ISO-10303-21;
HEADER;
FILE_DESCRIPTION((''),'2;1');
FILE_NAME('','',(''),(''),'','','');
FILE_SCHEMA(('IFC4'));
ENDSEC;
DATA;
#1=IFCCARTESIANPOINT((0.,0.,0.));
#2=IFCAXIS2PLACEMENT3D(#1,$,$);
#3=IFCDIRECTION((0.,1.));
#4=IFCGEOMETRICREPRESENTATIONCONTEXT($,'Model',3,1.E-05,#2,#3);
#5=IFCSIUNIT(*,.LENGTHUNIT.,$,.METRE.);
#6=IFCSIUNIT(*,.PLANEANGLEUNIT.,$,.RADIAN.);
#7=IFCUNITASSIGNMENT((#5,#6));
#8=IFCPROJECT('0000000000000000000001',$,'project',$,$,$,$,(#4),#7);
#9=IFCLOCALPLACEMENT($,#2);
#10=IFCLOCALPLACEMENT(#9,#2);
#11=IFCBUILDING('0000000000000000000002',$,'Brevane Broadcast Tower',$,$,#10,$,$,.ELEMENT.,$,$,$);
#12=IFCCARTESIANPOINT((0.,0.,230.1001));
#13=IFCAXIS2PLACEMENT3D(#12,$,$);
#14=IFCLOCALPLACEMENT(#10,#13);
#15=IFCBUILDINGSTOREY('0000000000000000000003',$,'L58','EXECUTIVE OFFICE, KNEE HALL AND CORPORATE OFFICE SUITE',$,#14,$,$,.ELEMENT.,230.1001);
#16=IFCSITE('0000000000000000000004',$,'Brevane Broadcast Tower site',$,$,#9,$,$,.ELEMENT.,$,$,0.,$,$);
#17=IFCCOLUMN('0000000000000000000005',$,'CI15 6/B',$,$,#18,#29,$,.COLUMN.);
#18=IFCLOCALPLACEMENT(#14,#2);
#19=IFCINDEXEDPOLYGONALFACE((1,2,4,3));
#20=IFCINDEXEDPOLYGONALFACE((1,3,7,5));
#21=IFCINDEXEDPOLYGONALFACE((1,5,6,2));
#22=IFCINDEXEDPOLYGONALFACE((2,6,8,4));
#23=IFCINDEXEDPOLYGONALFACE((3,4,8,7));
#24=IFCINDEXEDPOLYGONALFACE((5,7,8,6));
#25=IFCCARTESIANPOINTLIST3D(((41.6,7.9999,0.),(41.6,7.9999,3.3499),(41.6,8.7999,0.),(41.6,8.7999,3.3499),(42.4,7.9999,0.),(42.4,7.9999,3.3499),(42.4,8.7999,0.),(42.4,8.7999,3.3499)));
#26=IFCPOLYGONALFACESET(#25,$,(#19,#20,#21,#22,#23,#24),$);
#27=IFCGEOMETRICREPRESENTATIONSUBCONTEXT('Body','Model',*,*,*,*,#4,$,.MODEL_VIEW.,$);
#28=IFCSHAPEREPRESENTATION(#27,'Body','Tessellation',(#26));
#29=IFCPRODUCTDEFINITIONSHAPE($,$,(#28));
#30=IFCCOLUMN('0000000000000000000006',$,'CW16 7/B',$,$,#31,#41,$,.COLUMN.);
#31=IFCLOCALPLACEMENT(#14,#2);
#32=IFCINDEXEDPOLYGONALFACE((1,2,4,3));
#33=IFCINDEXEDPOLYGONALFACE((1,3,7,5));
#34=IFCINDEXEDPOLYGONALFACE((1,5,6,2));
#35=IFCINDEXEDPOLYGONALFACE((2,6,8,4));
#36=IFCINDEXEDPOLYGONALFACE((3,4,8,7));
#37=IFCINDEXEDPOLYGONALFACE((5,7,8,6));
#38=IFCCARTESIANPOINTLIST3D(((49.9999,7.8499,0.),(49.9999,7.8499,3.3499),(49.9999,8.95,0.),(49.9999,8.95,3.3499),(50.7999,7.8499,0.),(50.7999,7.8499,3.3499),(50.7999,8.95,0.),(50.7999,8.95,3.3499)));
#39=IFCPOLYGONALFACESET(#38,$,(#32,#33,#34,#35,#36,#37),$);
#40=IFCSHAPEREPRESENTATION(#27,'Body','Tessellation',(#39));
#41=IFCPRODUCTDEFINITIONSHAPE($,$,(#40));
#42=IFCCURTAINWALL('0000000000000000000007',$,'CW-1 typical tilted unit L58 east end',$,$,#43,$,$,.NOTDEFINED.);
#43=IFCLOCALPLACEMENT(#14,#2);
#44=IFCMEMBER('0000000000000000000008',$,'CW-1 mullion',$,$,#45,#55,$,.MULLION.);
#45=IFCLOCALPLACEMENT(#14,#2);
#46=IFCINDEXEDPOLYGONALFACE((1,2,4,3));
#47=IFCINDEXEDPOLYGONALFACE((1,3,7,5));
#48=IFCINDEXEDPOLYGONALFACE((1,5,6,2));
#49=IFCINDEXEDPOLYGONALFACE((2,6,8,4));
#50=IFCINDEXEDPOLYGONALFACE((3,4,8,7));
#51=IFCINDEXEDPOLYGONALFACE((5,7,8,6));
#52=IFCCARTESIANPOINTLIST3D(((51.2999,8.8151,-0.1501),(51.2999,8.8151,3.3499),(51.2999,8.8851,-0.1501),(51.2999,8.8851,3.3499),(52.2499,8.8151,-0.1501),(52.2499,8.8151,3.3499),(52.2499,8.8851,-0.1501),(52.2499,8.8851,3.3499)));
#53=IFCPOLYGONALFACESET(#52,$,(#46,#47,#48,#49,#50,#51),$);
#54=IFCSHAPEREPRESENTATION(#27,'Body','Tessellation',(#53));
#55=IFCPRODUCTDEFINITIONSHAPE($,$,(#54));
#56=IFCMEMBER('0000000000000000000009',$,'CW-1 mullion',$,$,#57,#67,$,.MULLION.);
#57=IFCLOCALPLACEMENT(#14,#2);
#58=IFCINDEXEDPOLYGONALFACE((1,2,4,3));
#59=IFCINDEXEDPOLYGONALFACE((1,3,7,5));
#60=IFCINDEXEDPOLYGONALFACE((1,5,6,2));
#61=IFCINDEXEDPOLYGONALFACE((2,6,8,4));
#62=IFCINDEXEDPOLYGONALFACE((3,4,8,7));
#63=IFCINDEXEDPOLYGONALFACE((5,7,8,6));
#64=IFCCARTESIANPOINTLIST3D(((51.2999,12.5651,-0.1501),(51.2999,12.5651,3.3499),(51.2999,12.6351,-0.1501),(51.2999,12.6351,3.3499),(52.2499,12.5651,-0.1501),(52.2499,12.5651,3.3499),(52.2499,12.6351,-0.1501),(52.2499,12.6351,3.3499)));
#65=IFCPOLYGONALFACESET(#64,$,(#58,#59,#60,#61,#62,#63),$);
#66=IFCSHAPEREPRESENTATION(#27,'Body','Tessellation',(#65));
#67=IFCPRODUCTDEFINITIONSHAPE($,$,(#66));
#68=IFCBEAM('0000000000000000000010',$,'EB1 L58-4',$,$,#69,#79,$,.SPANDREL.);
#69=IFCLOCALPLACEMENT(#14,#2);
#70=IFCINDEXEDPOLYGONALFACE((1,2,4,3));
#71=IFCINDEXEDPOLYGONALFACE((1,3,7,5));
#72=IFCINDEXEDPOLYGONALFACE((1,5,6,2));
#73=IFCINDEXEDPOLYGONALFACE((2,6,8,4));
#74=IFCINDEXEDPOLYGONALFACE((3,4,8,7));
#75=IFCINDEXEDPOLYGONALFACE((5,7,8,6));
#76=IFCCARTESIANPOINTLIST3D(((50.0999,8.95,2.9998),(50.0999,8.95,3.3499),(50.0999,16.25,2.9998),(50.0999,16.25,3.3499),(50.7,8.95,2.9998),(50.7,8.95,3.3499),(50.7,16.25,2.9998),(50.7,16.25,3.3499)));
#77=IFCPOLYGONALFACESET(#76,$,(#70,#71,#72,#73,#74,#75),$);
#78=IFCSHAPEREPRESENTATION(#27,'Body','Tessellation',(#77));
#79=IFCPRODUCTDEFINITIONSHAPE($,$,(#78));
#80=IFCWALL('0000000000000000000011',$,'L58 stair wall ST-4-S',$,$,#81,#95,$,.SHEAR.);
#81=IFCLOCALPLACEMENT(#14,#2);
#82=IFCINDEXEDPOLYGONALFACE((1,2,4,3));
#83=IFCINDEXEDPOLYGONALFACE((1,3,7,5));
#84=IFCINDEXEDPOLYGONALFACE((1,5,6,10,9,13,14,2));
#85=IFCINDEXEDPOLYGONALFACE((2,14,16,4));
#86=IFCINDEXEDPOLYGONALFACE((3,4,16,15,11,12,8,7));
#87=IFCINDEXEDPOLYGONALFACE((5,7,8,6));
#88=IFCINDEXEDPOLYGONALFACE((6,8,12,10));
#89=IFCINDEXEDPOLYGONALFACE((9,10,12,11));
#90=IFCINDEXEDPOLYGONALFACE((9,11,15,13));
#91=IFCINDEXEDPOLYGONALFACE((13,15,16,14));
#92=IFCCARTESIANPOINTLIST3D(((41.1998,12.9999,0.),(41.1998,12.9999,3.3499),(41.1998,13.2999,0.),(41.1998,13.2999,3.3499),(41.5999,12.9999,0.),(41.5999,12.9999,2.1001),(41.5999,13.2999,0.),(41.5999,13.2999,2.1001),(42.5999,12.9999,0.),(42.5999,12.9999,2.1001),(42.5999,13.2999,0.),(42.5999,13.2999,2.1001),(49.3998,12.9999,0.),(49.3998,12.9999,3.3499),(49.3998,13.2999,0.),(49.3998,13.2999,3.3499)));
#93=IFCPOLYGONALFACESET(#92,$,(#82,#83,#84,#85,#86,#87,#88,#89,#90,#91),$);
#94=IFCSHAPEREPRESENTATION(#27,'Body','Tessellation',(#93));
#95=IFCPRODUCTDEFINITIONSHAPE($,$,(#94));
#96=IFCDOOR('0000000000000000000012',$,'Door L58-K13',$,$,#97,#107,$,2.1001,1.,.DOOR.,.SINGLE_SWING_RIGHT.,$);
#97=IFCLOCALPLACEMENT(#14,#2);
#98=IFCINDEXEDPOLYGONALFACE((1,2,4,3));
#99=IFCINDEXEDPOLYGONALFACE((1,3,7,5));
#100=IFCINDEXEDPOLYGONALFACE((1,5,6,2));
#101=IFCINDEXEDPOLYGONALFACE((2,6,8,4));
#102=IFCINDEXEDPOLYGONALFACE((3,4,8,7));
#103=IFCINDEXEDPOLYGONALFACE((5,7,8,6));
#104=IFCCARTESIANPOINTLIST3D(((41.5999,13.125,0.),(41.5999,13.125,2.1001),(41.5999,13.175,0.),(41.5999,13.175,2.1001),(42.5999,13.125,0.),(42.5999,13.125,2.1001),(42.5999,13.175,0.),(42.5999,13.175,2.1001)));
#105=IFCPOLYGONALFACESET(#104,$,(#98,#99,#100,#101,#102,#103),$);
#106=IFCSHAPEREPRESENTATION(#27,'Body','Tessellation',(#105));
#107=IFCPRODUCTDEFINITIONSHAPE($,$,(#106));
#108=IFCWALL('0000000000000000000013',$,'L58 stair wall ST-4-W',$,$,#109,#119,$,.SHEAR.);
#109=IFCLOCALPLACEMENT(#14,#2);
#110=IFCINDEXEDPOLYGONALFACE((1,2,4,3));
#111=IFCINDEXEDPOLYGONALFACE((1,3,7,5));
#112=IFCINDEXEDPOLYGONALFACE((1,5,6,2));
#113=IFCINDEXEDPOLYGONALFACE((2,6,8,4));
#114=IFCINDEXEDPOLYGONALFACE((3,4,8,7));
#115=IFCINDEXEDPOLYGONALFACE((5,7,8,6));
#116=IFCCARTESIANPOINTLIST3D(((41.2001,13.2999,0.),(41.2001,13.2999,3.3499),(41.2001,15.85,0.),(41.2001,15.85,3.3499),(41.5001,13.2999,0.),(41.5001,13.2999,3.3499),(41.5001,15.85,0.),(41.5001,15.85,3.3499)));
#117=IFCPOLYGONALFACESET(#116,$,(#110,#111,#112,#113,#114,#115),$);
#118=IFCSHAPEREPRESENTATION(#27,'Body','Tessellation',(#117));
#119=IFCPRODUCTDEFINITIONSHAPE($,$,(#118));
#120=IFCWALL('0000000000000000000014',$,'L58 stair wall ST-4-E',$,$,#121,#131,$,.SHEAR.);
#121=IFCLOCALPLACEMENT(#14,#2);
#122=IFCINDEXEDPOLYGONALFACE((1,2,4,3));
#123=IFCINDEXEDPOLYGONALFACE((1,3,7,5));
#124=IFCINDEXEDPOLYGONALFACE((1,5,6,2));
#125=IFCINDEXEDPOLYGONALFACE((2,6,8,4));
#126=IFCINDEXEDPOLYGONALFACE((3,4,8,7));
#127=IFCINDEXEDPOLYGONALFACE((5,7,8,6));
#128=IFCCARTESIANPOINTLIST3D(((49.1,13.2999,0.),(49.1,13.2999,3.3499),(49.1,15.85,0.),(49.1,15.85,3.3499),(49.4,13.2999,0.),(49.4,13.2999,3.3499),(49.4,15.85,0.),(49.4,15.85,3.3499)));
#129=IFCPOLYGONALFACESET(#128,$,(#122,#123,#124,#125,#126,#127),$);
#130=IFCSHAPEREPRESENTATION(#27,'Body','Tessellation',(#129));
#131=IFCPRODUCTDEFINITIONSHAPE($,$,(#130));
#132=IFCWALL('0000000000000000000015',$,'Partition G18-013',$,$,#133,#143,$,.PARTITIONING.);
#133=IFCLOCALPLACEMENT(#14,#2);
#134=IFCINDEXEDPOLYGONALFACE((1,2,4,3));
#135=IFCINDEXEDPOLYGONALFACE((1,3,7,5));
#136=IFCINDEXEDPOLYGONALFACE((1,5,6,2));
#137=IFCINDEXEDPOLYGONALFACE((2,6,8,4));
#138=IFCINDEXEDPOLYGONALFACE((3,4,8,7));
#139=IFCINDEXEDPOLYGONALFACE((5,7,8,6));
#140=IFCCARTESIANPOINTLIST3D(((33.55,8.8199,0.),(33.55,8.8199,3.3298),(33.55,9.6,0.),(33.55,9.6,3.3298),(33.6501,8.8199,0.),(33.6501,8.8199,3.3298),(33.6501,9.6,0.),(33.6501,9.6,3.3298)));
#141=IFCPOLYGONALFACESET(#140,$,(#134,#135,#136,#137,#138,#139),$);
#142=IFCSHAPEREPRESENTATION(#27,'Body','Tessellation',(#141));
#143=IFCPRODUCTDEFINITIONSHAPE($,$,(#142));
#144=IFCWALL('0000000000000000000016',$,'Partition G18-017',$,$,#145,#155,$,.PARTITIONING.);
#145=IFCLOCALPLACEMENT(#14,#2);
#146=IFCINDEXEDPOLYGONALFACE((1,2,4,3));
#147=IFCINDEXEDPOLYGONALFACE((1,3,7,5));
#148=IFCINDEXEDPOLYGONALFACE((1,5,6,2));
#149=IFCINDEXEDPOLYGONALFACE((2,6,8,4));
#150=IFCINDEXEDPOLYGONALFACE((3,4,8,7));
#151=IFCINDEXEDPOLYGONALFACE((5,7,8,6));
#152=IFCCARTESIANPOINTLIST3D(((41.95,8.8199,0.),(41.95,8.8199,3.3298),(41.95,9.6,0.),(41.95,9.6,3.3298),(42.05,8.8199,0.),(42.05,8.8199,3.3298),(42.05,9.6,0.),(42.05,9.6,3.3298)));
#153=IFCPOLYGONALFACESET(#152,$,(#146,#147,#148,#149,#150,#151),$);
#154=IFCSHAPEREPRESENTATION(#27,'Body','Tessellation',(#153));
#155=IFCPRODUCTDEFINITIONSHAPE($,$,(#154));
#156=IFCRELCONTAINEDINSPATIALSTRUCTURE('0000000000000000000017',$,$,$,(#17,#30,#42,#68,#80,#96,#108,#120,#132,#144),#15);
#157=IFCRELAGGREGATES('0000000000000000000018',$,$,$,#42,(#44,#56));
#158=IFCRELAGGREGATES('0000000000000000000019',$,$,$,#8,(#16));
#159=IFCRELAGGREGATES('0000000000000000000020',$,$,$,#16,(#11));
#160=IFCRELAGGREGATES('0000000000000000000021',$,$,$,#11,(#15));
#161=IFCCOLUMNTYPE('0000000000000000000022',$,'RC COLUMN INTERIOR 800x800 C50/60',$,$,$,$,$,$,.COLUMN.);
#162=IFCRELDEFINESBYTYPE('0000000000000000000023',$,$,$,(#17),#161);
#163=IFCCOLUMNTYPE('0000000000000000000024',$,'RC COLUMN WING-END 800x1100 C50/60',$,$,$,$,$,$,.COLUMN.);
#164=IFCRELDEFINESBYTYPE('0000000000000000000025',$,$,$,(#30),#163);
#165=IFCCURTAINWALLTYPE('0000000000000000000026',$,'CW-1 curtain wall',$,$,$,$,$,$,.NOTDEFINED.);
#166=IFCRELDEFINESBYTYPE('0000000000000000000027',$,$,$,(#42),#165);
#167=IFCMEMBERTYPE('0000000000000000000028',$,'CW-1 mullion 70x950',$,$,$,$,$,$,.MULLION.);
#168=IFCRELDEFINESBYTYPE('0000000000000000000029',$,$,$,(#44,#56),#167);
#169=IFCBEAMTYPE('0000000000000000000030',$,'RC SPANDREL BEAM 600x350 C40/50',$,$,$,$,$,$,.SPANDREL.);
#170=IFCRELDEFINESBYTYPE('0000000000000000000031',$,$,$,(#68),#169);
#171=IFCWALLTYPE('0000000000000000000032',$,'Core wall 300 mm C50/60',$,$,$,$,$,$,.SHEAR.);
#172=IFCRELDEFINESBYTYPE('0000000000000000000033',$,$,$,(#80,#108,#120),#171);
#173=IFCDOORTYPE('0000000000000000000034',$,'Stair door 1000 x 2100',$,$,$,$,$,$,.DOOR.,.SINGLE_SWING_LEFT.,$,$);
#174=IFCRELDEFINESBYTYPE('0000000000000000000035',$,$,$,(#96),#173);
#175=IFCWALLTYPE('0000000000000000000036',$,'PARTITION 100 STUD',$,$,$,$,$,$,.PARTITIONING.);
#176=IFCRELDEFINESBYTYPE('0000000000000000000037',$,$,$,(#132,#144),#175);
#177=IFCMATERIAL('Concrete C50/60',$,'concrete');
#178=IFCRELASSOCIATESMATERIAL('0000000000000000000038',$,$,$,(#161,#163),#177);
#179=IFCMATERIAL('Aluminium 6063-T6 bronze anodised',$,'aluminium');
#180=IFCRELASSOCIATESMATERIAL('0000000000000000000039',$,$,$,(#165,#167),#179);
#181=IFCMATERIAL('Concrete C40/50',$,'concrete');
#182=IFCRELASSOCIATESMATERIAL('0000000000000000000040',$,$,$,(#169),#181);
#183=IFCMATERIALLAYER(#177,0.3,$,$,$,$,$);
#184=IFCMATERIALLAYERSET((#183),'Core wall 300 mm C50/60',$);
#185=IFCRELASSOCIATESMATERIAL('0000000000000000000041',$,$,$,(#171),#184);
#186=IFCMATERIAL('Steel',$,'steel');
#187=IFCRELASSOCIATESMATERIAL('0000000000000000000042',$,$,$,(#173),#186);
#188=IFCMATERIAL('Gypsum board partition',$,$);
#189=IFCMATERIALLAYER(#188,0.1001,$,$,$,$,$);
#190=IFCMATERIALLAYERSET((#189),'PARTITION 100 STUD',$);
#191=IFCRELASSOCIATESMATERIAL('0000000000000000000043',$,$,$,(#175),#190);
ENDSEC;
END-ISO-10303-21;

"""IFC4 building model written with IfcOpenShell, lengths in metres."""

from ifc_helpers import new_model, si_unit, direction, frame, frame_2d, origin, origin_2d, place, context, subcontext, project, spatial, rectangle, extrude, material, layer, layer_set, material_profile, profile_set, type_object, element, fill, aggregate, save


model = new_model("IFC4")

# Units and contexts
model_context = context("Model", 3, precision=1e-05, world=origin(), true_north=direction((0.0, 1.0)))
body_context = subcontext(model_context, "Body", "Model", "MODEL_VIEW")
ifc_project = project(units=[si_unit("LENGTHUNIT", "METRE"), si_unit("PLANEANGLEUNIT", "RADIAN")], contexts=[model_context])

# Site, building, storey
site_placement = place(None, origin())
site = spatial("IfcSite", under=ifc_project, at=site_placement, Name="Brevane Broadcast Tower site", CompositionType="ELEMENT", RefElevation=0.0)
building_placement = place(site_placement, origin())
building = spatial("IfcBuilding", under=site, at=building_placement, Name="Brevane Broadcast Tower", CompositionType="ELEMENT")
storey_placement = place(building_placement, frame((0.0, 0.0, 230.1001)))
storey = spatial("IfcBuildingStorey", under=building, at=storey_placement, Name="L58", Description="EXECUTIVE OFFICE, KNEE HALL AND CORPORATE OFFICE SUITE", CompositionType="ELEMENT", Elevation=230.1001)

# Columns
ifc_material_1 = material(Name="Concrete C50/60", Category="concrete")
ifc_material_profile_1 = material_profile(ifc_material_1, rectangle(XDim=0.8, YDim=0.8, at=origin_2d()), Name="RC 800x800")
ifc_profile_set_1 = profile_set([ifc_material_profile_1], Name="Concrete C50/60")
column_type_1 = type_object("IfcColumnType", Name="RC COLUMN INTERIOR 800x800 C50/60", PredefinedType="COLUMN", material=ifc_profile_set_1)
column_1_placement = place(storey_placement, frame((42.0, 8.3999, 0.0), z_axis=(0.0, 0.0, 1.0), x_axis=(1.0, 0.0, 0.0)))
element("IfcColumn", 1, at=column_1_placement, inside=storey, type_object=column_type_1, Name="CI15 6/B", PredefinedType="COLUMN", context=body_context, shape_type="SweptSolid", body=[
    extrude(rectangle(XDim=0.8, YDim=0.8, at=origin_2d()), origin(), (0.0, 0.0, 1.0), 3.3499),
])
ifc_material_profile_2 = material_profile(ifc_material_1, rectangle(XDim=0.8, YDim=1.1001, at=origin_2d()), Name="RC 800x1100")
ifc_profile_set_2 = profile_set([ifc_material_profile_2], Name="Concrete C50/60")
column_type_2 = type_object("IfcColumnType", Name="RC COLUMN WING-END 800x1100 C50/60", PredefinedType="COLUMN", material=ifc_profile_set_2)
column_2_placement = place(storey_placement, frame((50.3999, 8.3999, 0.0), z_axis=(0.0, 0.0, 1.0), x_axis=(1.0, 0.0, 0.0)))
element("IfcColumn", 2, at=column_2_placement, inside=storey, type_object=column_type_2, Name="CW16 7/B", PredefinedType="COLUMN", context=body_context, shape_type="SweptSolid", body=[
    extrude(rectangle(XDim=0.8, YDim=1.1001, at=origin_2d()), origin(), (0.0, 0.0, 1.0), 3.3499),
])

# Curtain wall, members
ifc_material_2 = material(Name="Aluminium 6063-T6 bronze anodised", Category="aluminium")
curtain_wall_type = type_object("IfcCurtainWallType", Name="CW-1 curtain wall", PredefinedType="NOTDEFINED", material=ifc_material_2)
curtain_wall_placement = place(storey_placement, origin())
curtain_wall = element("IfcCurtainWall", 3, at=curtain_wall_placement, inside=storey, type_object=curtain_wall_type, Name="CW-1 typical tilted unit L58 east end", PredefinedType="NOTDEFINED")
ifc_material_profile_3 = material_profile(ifc_material_2, rectangle(XDim=0.95, YDim=0.0701, at=origin_2d()), Name="RECT 70x950")
ifc_profile_set_3 = profile_set([ifc_material_profile_3], Name="Aluminium 6063-T6 bronze anodised")
member_type = type_object("IfcMemberType", Name="CW-1 mullion 70x950", PredefinedType="MULLION", material=ifc_profile_set_3)
member_1_placement = place(storey_placement, frame((51.7749, 8.8501, -0.1501), z_axis=(0.0, 0.0, 1.0), x_axis=(-1.0, 0.0, 0.0)))
member_1 = element("IfcMember", 4, at=member_1_placement, type_object=member_type, Name="CW-1 mullion", PredefinedType="MULLION", context=body_context, shape_type="SweptSolid", body=[
    extrude(rectangle(XDim=0.95, YDim=0.0701, at=origin_2d()), origin(), (0.0, 0.0, 1.0), 3.5),
])
member_2_placement = place(storey_placement, frame((51.7749, 12.6001, -0.1501), z_axis=(0.0, 0.0, 1.0), x_axis=(-1.0, 0.0, 0.0)))
member_2 = element("IfcMember", 5, at=member_2_placement, type_object=member_type, Name="CW-1 mullion", PredefinedType="MULLION", context=body_context, shape_type="SweptSolid", body=[
    extrude(rectangle(XDim=0.95, YDim=0.0701, at=origin_2d()), origin(), (0.0, 0.0, 1.0), 3.5),
])
aggregate(curtain_wall, [member_1, member_2])

# Beam
ifc_material_3 = material(Name="Concrete C40/50", Category="concrete")
ifc_material_profile_4 = material_profile(ifc_material_3, rectangle(XDim=0.6001, YDim=0.3501, at=origin_2d()), Name="RC 600x350")
ifc_profile_set_4 = profile_set([ifc_material_profile_4], Name="Concrete C40/50")
beam_type = type_object("IfcBeamType", Name="RC SPANDREL BEAM 600x350 C40/50", PredefinedType="SPANDREL", material=ifc_profile_set_4)
beam_placement = place(storey_placement, frame((50.3999, 8.95, 3.1748), z_axis=(0.0, 1.0, 0.0), x_axis=(-1.0, 0.0, 0.0)))
element("IfcBeam", 6, at=beam_placement, inside=storey, type_object=beam_type, Name="EB1 L58-4", PredefinedType="SPANDREL", context=body_context, shape_type="SweptSolid", body=[
    extrude(rectangle(XDim=0.6001, YDim=0.3501, at=origin_2d()), origin(), (0.0, 0.0, 1.0), 7.3),
])

# Wall, opening, door
ifc_layer_1 = layer(ifc_material_1, 0.3)
ifc_layer_set_1 = layer_set([ifc_layer_1], Name="Core wall 300 mm C50/60")
wall_type_1 = type_object("IfcWallType", Name="Core wall 300 mm C50/60", PredefinedType="SHEAR", material=ifc_layer_set_1)
wall_1_placement = place(storey_placement, frame((49.3999, 13.1499, 0.0), z_axis=(0.0, 0.0, 1.0), x_axis=(-1.0, 0.0, 0.0)))
wall_1 = element("IfcWall", 7, at=wall_1_placement, inside=storey, type_object=wall_type_1, Name="L58 stair wall ST-4-S", PredefinedType="SHEAR", context=body_context, shape_type="SweptSolid", body=[
    extrude(rectangle(XDim=8.2, YDim=0.3, at=frame_2d((4.1001, 0.0))), origin(), (0.0, 0.0, 1.0), 3.3499),
])
opening_1_placement = place(wall_1_placement, frame((6.8, 0.0, 0.0)))
opening_1 = element("IfcOpeningElement", 8, at=opening_1_placement, cuts=wall_1, PredefinedType="OPENING", context=body_context, shape_type="SweptSolid", body=[
    extrude(rectangle(XDim=1.0, YDim=2.1001, at=frame_2d((0.5, 1.05))), frame((0.0, 0.1599, 0.0), z_axis=(0.0, -1.0, 0.0), x_axis=(1.0, 0.0, 0.0)), (0.0, 0.0, 1.0), 0.3201),
])
ifc_material_4 = material(Name="Steel", Category="steel")
door_type_1 = type_object("IfcDoorType", Name="Stair door 1000 x 2100", OperationType="SINGLE_SWING_LEFT", PredefinedType="DOOR", material=ifc_material_4)
door_1_placement = place(opening_1_placement, origin())
door_1 = element("IfcDoor", 9, at=door_1_placement, inside=storey, type_object=door_type_1, Name="Door L58-K13", OperationType="SINGLE_SWING_RIGHT", OverallHeight=2.1001, OverallWidth=1.0, PredefinedType="DOOR", context=body_context, shape_type="SweptSolid", body=[
    extrude(rectangle(XDim=1.0, YDim=2.1001, at=frame_2d((0.5, 1.05))), frame((0.0, 0.0249, 0.0), z_axis=(0.0, -1.0, 0.0), x_axis=(1.0, 0.0, 0.0)), (0.0, 0.0, 1.0), 0.05),
])
fill(opening_1, door_1)

# Walls
for number, where, z_axis, x_axis, name in (
    (10, (41.3501, 13.3, 0.0), (0.0, 0.0, 1.0), (0.0, 1.0, 0.0), "L58 stair wall ST-4-W"),
    (11, (49.25, 13.3, 0.0), (0.0, 0.0, 1.0), (0.0, 1.0, 0.0), "L58 stair wall ST-4-E"),
):
    element("IfcWall", number, at=place(storey_placement, frame(where, z_axis=z_axis, x_axis=x_axis)), inside=storey, type_object=wall_type_1, Name=name, PredefinedType="SHEAR", context=body_context, shape_type="SweptSolid", body=[
        extrude(rectangle(XDim=2.55, YDim=0.3, at=frame_2d((1.2749, 0.0))), origin(), (0.0, 0.0, 1.0), 3.3499),
    ])
ifc_material_5 = material(Name="Gypsum board partition")
ifc_layer_2 = layer(ifc_material_5, 0.1001)
ifc_layer_set_2 = layer_set([ifc_layer_2], Name="PARTITION 100 STUD")
wall_type_2 = type_object("IfcWallType", Name="PARTITION 100 STUD", PredefinedType="PARTITIONING", material=ifc_layer_set_2)
for number, where, z_axis, x_axis, name in (
    (12, (33.6001, 9.6001, 0.0), (0.0, 0.0, 1.0), (0.0, -1.0, 0.0), "Partition G18-013"),
    (13, (42.0, 9.6001, 0.0), (0.0, 0.0, 1.0), (0.0, -1.0, 0.0), "Partition G18-017"),
):
    element("IfcWall", number, at=place(storey_placement, frame(where, z_axis=z_axis, x_axis=x_axis)), inside=storey, type_object=wall_type_2, Name=name, PredefinedType="PARTITIONING", context=body_context, shape_type="SweptSolid", body=[
        extrude(rectangle(XDim=0.78, YDim=0.1001, at=frame_2d((0.3901, 0.0))), origin(), (0.0, 0.0, 1.0), 3.3298),
    ])

save(model, "model.ifc")
